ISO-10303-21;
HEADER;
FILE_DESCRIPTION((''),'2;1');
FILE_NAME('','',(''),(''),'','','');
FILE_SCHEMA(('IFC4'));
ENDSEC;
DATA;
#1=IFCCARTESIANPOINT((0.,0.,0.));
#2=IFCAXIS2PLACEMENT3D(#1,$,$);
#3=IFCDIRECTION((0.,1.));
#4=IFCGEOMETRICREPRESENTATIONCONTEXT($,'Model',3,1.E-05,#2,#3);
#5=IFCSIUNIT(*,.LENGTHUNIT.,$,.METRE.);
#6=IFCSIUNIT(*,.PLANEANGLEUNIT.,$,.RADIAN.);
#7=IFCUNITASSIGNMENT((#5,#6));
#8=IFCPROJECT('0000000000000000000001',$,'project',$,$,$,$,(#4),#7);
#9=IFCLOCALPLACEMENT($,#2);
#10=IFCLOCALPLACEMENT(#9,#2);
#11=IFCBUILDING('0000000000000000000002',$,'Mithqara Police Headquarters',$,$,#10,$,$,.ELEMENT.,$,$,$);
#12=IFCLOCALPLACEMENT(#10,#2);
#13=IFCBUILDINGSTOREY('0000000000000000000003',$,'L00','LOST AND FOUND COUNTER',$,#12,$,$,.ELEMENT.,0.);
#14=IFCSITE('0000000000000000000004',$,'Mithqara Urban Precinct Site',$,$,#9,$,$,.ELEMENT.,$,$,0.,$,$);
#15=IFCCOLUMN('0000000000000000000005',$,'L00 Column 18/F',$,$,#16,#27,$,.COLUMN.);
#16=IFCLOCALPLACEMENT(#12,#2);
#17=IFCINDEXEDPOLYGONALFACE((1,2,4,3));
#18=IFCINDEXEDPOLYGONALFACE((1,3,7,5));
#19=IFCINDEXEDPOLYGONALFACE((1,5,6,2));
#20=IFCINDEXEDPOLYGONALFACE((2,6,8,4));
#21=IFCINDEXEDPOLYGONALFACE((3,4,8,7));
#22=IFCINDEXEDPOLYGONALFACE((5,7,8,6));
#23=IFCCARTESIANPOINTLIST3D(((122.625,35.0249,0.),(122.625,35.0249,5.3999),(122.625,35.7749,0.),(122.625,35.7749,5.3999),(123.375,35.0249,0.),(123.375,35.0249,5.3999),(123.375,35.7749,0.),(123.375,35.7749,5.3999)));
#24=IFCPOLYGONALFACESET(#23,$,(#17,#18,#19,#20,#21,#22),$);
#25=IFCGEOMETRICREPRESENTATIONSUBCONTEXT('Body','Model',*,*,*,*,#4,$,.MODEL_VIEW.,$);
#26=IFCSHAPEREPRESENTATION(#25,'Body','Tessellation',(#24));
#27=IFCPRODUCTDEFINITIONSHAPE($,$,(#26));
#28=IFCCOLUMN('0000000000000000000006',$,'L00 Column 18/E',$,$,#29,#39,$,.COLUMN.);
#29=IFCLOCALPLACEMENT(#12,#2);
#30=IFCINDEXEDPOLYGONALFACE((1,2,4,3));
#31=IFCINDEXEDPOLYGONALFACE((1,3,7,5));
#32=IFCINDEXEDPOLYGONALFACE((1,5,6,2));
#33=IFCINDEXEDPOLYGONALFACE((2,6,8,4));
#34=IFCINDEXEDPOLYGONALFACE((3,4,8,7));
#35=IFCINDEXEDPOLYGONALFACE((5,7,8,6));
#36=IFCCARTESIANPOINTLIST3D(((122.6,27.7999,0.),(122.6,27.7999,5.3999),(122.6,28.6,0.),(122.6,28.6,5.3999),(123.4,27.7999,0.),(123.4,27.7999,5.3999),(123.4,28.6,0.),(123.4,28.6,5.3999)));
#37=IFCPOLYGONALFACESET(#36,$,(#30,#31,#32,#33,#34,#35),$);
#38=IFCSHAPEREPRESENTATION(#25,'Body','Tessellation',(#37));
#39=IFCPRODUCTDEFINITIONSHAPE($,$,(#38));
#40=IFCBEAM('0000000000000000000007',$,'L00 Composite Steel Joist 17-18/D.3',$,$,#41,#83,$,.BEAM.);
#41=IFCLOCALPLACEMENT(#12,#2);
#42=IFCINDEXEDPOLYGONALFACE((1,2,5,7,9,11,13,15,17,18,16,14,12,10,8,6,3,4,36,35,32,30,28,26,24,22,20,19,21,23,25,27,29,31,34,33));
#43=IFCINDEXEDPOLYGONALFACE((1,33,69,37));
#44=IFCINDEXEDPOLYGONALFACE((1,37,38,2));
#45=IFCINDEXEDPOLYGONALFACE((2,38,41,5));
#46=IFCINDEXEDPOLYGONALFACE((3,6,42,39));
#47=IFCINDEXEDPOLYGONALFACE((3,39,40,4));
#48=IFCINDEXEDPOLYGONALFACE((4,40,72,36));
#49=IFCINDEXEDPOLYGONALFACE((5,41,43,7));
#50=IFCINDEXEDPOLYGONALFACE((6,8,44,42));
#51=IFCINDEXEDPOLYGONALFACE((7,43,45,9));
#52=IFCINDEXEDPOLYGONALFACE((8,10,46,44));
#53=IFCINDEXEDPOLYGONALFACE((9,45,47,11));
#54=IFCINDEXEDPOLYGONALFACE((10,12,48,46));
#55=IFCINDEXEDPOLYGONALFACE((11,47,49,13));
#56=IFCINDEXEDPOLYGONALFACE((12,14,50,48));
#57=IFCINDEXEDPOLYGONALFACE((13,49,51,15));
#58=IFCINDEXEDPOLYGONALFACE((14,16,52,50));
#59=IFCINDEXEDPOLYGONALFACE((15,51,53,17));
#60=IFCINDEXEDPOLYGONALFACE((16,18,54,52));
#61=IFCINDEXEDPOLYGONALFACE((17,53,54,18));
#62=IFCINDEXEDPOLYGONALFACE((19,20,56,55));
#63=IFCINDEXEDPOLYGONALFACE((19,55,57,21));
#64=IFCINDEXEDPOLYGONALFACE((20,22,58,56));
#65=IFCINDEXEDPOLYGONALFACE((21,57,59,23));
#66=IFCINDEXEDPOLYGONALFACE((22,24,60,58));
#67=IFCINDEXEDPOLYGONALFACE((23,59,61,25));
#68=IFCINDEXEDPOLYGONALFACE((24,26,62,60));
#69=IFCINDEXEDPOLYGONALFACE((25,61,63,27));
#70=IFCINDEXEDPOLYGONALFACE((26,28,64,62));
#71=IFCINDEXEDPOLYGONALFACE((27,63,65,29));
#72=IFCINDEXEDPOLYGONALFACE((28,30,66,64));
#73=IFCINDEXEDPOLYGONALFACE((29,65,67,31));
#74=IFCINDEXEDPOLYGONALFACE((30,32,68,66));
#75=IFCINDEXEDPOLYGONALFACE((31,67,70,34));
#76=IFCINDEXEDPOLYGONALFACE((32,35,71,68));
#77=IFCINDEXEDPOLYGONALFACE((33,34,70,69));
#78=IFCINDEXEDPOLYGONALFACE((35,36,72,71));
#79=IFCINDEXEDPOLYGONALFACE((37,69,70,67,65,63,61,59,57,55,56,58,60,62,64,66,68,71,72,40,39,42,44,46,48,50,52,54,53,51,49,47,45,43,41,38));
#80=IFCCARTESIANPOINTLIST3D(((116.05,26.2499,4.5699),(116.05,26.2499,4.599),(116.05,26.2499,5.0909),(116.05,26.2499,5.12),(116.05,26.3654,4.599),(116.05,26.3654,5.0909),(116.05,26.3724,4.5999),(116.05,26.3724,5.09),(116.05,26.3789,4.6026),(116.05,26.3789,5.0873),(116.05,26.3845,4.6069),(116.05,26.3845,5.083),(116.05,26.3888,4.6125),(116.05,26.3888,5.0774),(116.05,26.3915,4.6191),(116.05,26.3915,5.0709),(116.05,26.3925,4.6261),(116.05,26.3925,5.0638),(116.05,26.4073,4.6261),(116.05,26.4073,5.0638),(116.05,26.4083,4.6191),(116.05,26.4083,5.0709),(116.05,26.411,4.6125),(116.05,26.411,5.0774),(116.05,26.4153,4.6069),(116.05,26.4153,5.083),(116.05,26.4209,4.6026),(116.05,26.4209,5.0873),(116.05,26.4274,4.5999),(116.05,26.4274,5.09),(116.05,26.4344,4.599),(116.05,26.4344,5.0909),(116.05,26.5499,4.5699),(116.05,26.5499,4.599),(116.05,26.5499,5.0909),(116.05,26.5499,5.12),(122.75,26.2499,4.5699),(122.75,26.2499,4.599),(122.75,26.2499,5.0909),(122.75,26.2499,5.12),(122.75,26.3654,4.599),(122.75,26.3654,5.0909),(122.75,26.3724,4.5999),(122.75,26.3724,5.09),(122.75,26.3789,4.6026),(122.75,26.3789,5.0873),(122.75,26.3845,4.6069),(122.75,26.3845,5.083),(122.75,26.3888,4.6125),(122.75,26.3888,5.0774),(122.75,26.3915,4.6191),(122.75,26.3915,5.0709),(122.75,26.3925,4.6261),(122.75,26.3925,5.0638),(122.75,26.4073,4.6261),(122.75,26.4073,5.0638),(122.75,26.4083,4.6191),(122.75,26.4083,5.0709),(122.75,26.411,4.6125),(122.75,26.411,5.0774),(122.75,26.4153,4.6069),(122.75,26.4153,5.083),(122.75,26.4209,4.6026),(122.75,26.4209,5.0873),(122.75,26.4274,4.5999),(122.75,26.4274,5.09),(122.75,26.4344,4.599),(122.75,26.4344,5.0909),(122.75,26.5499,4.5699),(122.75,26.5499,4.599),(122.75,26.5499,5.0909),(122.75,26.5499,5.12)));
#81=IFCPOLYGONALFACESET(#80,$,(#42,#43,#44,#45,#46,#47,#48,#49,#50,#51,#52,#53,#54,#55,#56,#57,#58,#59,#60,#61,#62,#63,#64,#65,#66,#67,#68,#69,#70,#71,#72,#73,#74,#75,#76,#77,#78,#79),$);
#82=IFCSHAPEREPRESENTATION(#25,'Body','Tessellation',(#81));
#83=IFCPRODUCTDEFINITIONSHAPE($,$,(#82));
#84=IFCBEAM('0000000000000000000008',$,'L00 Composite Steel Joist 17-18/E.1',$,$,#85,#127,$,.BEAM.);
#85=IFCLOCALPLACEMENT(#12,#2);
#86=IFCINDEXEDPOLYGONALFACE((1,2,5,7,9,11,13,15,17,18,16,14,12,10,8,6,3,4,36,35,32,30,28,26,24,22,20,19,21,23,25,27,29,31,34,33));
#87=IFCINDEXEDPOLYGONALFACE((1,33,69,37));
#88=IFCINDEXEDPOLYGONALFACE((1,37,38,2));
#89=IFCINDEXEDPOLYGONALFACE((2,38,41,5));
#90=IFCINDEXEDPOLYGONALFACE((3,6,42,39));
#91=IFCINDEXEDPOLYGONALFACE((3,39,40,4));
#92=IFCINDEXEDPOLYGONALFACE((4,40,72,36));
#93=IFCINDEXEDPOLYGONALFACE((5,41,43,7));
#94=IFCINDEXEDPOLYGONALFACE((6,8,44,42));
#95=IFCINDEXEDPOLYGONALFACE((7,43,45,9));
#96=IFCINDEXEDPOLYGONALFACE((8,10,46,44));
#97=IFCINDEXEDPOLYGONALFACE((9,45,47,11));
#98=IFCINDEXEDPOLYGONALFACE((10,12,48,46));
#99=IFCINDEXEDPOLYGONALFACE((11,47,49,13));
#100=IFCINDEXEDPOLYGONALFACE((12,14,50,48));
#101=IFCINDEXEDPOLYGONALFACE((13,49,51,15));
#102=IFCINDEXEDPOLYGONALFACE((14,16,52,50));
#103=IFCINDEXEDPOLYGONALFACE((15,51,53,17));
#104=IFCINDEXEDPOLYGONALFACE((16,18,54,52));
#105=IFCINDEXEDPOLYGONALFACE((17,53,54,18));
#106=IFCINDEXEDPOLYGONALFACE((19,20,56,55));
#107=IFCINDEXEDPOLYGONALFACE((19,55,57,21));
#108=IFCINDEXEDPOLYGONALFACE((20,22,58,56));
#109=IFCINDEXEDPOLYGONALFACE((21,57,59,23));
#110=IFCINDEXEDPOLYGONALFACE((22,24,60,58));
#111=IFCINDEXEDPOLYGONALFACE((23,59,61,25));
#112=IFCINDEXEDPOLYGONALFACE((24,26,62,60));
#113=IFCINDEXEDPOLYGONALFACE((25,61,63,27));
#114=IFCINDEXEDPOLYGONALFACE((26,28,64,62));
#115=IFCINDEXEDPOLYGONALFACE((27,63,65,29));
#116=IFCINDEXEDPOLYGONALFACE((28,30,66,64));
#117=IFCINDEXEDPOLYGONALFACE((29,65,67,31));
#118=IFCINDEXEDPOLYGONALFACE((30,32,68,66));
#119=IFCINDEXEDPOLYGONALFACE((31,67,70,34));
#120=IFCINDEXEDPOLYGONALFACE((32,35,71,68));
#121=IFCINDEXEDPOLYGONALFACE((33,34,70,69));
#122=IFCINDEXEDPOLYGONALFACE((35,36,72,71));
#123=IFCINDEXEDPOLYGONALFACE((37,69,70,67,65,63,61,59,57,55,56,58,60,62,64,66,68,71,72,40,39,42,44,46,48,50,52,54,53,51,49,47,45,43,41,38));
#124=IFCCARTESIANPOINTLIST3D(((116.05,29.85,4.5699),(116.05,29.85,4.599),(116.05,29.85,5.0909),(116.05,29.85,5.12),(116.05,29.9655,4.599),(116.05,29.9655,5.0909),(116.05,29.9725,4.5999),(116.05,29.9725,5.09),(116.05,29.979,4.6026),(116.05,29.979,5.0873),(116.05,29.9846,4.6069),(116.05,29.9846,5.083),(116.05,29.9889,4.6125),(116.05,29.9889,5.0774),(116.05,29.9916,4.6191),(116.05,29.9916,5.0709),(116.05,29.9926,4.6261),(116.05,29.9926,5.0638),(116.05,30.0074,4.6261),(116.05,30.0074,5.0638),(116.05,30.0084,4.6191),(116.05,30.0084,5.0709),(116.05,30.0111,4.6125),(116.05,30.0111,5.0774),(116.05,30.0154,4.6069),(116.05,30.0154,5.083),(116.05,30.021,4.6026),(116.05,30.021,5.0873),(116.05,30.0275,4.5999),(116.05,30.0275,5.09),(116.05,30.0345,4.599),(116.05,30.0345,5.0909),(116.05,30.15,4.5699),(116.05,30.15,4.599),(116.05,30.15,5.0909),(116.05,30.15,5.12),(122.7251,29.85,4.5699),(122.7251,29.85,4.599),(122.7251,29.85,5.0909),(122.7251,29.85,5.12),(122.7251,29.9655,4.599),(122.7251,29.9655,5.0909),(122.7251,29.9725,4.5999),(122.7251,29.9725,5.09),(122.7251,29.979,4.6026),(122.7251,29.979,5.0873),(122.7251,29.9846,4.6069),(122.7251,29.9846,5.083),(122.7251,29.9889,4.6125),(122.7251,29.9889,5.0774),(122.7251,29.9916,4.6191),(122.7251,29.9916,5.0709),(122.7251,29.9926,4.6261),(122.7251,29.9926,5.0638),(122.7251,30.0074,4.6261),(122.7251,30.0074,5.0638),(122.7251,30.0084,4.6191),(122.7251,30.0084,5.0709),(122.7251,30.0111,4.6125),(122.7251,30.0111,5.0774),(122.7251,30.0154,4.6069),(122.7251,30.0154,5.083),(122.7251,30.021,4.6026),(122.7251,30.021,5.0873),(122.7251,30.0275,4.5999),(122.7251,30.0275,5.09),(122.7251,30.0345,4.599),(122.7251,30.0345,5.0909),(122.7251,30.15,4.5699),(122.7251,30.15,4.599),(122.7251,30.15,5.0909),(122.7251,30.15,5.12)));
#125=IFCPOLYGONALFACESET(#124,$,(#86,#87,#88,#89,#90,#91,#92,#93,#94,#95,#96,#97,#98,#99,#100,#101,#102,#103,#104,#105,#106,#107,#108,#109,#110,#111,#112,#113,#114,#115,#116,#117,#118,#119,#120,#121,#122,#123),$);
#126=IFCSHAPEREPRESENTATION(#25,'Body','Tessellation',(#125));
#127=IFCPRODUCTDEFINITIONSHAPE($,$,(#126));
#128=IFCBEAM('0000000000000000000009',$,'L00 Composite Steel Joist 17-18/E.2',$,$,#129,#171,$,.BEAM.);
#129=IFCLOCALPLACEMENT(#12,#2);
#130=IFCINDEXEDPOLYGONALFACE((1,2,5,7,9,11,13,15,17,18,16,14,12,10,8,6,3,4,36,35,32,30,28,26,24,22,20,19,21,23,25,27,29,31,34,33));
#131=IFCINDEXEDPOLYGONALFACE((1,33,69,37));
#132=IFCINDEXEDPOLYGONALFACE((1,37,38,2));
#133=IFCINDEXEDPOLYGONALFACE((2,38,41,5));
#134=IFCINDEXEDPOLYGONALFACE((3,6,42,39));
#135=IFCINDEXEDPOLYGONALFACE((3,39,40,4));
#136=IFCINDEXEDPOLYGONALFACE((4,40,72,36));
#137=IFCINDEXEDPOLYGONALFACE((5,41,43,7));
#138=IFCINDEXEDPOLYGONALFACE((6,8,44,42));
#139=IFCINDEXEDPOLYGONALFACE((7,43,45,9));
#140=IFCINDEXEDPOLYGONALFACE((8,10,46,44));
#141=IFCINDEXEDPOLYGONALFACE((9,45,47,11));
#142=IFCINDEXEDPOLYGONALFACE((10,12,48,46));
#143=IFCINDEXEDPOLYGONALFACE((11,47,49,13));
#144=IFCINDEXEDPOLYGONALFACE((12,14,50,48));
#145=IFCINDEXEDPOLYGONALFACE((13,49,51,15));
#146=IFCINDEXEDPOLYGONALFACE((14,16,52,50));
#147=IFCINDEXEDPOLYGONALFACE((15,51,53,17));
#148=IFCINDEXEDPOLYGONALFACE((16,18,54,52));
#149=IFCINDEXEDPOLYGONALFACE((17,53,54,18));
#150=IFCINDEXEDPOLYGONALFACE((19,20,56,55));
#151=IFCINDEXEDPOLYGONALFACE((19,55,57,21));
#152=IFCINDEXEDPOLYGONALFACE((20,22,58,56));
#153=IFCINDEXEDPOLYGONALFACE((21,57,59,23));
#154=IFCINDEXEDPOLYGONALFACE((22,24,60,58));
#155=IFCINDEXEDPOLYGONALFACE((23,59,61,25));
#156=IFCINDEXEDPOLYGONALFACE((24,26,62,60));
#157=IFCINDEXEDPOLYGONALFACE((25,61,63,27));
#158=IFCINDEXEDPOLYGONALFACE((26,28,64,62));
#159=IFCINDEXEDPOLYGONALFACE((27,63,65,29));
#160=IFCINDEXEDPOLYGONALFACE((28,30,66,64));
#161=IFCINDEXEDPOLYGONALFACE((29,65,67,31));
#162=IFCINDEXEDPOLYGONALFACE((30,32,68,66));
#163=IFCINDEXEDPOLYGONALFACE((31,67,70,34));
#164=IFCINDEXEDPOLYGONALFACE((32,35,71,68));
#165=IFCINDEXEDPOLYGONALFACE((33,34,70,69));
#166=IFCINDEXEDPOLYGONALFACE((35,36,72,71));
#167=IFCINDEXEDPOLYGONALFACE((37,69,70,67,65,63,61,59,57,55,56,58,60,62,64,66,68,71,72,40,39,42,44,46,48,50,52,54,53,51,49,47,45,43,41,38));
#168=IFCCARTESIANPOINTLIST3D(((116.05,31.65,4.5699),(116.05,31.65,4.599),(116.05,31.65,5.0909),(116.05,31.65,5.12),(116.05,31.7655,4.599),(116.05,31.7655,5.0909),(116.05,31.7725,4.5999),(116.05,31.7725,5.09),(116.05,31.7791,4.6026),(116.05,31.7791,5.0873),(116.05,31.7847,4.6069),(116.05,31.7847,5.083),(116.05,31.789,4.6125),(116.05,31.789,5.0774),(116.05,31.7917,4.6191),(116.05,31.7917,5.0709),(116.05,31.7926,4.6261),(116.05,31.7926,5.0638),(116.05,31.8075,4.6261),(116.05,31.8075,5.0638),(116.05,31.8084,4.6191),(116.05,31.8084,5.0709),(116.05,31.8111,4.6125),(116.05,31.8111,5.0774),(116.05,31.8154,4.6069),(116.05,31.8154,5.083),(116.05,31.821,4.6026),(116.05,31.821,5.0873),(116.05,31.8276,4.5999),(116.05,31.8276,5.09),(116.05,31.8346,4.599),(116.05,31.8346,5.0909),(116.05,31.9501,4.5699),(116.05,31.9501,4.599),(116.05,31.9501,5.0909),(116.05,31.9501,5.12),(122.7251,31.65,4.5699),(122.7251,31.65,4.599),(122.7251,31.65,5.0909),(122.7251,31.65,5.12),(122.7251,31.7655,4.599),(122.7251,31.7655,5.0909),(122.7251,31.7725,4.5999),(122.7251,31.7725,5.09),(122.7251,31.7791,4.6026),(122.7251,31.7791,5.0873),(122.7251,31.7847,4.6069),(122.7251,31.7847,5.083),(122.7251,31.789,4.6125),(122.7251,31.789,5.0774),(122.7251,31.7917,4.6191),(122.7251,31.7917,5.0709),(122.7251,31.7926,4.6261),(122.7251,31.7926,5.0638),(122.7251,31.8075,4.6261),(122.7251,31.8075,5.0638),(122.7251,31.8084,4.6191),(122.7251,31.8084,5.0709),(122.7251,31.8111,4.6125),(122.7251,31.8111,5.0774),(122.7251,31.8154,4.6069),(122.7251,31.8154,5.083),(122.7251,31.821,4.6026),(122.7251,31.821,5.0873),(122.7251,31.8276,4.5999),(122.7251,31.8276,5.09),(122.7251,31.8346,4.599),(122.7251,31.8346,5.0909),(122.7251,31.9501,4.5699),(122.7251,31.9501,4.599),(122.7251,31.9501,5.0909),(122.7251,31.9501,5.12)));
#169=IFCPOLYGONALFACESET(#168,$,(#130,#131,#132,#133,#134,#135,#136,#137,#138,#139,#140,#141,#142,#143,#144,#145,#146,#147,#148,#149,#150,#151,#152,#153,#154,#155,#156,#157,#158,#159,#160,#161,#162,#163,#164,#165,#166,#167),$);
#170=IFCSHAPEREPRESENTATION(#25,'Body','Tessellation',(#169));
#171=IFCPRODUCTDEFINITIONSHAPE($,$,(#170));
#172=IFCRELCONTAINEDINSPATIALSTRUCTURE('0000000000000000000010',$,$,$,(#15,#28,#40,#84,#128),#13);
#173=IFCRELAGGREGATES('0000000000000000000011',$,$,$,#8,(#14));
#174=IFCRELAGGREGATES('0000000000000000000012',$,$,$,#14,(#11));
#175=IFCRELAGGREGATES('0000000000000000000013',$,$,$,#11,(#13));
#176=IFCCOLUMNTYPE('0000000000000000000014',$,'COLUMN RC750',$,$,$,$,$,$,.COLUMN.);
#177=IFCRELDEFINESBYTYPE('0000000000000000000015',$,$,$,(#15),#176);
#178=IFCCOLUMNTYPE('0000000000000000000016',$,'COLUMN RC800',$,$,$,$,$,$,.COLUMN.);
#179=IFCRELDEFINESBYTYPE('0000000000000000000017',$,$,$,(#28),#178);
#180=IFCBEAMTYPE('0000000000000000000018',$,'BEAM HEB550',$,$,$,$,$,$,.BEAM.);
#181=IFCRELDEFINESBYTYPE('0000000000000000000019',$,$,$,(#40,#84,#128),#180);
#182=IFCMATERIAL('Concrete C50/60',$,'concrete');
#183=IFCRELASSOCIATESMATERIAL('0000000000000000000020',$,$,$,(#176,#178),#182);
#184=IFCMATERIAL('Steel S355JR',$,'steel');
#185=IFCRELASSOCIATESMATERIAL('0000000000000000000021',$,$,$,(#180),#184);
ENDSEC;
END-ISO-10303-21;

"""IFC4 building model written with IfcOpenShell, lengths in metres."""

from ifc_helpers import new_model, si_unit, direction, frame, origin, origin_2d, place, context, subcontext, project, spatial, rectangle, i_section, extrude, material, material_profile, profile_set, type_object, element, save


model = new_model("IFC4")

# Units and contexts
model_context = context("Model", 3, precision=1e-05, world=origin(), true_north=direction((0.0, 1.0)))
body_context = subcontext(model_context, "Body", "Model", "MODEL_VIEW")
ifc_project = project(units=[si_unit("LENGTHUNIT", "METRE"), si_unit("PLANEANGLEUNIT", "RADIAN")], contexts=[model_context])

# Site, building, storey
site_placement = place(None, origin())
site = spatial("IfcSite", under=ifc_project, at=site_placement, Name="Mithqara Urban Precinct Site", CompositionType="ELEMENT", RefElevation=0.0)
building_placement = place(site_placement, origin())
building = spatial("IfcBuilding", under=site, at=building_placement, Name="Mithqara Police Headquarters", CompositionType="ELEMENT")
storey_placement = place(building_placement, origin())
storey = spatial("IfcBuildingStorey", under=building, at=storey_placement, Name="L00", Description="LOST AND FOUND COUNTER", CompositionType="ELEMENT", Elevation=0.0)

# Columns
ifc_material_1 = material(Name="Concrete C50/60", Category="concrete")
ifc_material_profile_1 = material_profile(ifc_material_1, rectangle(XDim=0.75, YDim=0.75, at=origin_2d()), Name="RC 750x750")
ifc_profile_set_1 = profile_set([ifc_material_profile_1], Name="Concrete C50/60")
column_type_1 = type_object("IfcColumnType", Name="COLUMN RC750", PredefinedType="COLUMN", material=ifc_profile_set_1)
column_1_placement = place(storey_placement, frame((123.0, 35.3999, 0.0), z_axis=(0.0, 0.0, 1.0), x_axis=(1.0, 0.0, 0.0)))
element("IfcColumn", 1, at=column_1_placement, inside=storey, type_object=column_type_1, Name="L00 Column 18/F", PredefinedType="COLUMN", context=body_context, shape_type="SweptSolid", body=[
    extrude(rectangle(XDim=0.75, YDim=0.75, at=origin_2d()), origin(), (0.0, 0.0, 1.0), 5.3999),
])
ifc_material_profile_2 = material_profile(ifc_material_1, rectangle(XDim=0.8, YDim=0.8, at=origin_2d()), Name="RC 800x800")
ifc_profile_set_2 = profile_set([ifc_material_profile_2], Name="Concrete C50/60")
column_type_2 = type_object("IfcColumnType", Name="COLUMN RC800", PredefinedType="COLUMN", material=ifc_profile_set_2)
column_2_placement = place(storey_placement, frame((123.0, 28.2, 0.0), z_axis=(0.0, 0.0, 1.0), x_axis=(1.0, 0.0, 0.0)))
element("IfcColumn", 2, at=column_2_placement, inside=storey, type_object=column_type_2, Name="L00 Column 18/E", PredefinedType="COLUMN", context=body_context, shape_type="SweptSolid", body=[
    extrude(rectangle(XDim=0.8, YDim=0.8, at=origin_2d()), origin(), (0.0, 0.0, 1.0), 5.3999),
])

# Beams
ifc_material_2 = material(Name="Steel S355JR", Category="steel")
ifc_material_profile_3 = material_profile(ifc_material_2, i_section(OverallWidth=0.3, OverallDepth=0.55, WebThickness=0.0149, FlangeThickness=0.0291, FilletRadius=0.0271, at=origin_2d()), Name="HEB 550")
ifc_profile_set_3 = profile_set([ifc_material_profile_3], Name="Steel S355JR")
beam_type_1 = type_object("IfcBeamType", Name="BEAM HEB550", PredefinedType="BEAM", material=ifc_profile_set_3)
beam_1_placement = place(storey_placement, frame((116.05, 26.3999, 4.845), z_axis=(1.0, 0.0, 0.0), x_axis=(0.0, 1.0, 0.0)))
element("IfcBeam", 3, at=beam_1_placement, inside=storey, type_object=beam_type_1, Name="L00 Composite Steel Joist 17-18/D.3", PredefinedType="BEAM", context=body_context, shape_type="SweptSolid", body=[
    extrude(i_section(OverallWidth=0.3, OverallDepth=0.55, WebThickness=0.0149, FlangeThickness=0.0291, FilletRadius=0.0271, at=origin_2d()), origin(), (0.0, 0.0, 1.0), 6.7),
])
for number, where, z_axis, x_axis, name in (
    (4, (116.05, 30.0, 4.845), (1.0, 0.0, 0.0), (0.0, 1.0, 0.0), "L00 Composite Steel Joist 17-18/E.1"),
    (5, (116.05, 31.8, 4.845), (1.0, 0.0, 0.0), (0.0, 1.0, 0.0), "L00 Composite Steel Joist 17-18/E.2"),
):
    element("IfcBeam", number, at=place(storey_placement, frame(where, z_axis=z_axis, x_axis=x_axis)), inside=storey, type_object=beam_type_1, Name=name, PredefinedType="BEAM", context=body_context, shape_type="SweptSolid", body=[
        extrude(i_section(OverallWidth=0.3, OverallDepth=0.55, WebThickness=0.0149, FlangeThickness=0.0291, FilletRadius=0.0271, at=origin_2d()), origin(), (0.0, 0.0, 1.0), 6.675),
    ])

save(model, "model.ifc")
